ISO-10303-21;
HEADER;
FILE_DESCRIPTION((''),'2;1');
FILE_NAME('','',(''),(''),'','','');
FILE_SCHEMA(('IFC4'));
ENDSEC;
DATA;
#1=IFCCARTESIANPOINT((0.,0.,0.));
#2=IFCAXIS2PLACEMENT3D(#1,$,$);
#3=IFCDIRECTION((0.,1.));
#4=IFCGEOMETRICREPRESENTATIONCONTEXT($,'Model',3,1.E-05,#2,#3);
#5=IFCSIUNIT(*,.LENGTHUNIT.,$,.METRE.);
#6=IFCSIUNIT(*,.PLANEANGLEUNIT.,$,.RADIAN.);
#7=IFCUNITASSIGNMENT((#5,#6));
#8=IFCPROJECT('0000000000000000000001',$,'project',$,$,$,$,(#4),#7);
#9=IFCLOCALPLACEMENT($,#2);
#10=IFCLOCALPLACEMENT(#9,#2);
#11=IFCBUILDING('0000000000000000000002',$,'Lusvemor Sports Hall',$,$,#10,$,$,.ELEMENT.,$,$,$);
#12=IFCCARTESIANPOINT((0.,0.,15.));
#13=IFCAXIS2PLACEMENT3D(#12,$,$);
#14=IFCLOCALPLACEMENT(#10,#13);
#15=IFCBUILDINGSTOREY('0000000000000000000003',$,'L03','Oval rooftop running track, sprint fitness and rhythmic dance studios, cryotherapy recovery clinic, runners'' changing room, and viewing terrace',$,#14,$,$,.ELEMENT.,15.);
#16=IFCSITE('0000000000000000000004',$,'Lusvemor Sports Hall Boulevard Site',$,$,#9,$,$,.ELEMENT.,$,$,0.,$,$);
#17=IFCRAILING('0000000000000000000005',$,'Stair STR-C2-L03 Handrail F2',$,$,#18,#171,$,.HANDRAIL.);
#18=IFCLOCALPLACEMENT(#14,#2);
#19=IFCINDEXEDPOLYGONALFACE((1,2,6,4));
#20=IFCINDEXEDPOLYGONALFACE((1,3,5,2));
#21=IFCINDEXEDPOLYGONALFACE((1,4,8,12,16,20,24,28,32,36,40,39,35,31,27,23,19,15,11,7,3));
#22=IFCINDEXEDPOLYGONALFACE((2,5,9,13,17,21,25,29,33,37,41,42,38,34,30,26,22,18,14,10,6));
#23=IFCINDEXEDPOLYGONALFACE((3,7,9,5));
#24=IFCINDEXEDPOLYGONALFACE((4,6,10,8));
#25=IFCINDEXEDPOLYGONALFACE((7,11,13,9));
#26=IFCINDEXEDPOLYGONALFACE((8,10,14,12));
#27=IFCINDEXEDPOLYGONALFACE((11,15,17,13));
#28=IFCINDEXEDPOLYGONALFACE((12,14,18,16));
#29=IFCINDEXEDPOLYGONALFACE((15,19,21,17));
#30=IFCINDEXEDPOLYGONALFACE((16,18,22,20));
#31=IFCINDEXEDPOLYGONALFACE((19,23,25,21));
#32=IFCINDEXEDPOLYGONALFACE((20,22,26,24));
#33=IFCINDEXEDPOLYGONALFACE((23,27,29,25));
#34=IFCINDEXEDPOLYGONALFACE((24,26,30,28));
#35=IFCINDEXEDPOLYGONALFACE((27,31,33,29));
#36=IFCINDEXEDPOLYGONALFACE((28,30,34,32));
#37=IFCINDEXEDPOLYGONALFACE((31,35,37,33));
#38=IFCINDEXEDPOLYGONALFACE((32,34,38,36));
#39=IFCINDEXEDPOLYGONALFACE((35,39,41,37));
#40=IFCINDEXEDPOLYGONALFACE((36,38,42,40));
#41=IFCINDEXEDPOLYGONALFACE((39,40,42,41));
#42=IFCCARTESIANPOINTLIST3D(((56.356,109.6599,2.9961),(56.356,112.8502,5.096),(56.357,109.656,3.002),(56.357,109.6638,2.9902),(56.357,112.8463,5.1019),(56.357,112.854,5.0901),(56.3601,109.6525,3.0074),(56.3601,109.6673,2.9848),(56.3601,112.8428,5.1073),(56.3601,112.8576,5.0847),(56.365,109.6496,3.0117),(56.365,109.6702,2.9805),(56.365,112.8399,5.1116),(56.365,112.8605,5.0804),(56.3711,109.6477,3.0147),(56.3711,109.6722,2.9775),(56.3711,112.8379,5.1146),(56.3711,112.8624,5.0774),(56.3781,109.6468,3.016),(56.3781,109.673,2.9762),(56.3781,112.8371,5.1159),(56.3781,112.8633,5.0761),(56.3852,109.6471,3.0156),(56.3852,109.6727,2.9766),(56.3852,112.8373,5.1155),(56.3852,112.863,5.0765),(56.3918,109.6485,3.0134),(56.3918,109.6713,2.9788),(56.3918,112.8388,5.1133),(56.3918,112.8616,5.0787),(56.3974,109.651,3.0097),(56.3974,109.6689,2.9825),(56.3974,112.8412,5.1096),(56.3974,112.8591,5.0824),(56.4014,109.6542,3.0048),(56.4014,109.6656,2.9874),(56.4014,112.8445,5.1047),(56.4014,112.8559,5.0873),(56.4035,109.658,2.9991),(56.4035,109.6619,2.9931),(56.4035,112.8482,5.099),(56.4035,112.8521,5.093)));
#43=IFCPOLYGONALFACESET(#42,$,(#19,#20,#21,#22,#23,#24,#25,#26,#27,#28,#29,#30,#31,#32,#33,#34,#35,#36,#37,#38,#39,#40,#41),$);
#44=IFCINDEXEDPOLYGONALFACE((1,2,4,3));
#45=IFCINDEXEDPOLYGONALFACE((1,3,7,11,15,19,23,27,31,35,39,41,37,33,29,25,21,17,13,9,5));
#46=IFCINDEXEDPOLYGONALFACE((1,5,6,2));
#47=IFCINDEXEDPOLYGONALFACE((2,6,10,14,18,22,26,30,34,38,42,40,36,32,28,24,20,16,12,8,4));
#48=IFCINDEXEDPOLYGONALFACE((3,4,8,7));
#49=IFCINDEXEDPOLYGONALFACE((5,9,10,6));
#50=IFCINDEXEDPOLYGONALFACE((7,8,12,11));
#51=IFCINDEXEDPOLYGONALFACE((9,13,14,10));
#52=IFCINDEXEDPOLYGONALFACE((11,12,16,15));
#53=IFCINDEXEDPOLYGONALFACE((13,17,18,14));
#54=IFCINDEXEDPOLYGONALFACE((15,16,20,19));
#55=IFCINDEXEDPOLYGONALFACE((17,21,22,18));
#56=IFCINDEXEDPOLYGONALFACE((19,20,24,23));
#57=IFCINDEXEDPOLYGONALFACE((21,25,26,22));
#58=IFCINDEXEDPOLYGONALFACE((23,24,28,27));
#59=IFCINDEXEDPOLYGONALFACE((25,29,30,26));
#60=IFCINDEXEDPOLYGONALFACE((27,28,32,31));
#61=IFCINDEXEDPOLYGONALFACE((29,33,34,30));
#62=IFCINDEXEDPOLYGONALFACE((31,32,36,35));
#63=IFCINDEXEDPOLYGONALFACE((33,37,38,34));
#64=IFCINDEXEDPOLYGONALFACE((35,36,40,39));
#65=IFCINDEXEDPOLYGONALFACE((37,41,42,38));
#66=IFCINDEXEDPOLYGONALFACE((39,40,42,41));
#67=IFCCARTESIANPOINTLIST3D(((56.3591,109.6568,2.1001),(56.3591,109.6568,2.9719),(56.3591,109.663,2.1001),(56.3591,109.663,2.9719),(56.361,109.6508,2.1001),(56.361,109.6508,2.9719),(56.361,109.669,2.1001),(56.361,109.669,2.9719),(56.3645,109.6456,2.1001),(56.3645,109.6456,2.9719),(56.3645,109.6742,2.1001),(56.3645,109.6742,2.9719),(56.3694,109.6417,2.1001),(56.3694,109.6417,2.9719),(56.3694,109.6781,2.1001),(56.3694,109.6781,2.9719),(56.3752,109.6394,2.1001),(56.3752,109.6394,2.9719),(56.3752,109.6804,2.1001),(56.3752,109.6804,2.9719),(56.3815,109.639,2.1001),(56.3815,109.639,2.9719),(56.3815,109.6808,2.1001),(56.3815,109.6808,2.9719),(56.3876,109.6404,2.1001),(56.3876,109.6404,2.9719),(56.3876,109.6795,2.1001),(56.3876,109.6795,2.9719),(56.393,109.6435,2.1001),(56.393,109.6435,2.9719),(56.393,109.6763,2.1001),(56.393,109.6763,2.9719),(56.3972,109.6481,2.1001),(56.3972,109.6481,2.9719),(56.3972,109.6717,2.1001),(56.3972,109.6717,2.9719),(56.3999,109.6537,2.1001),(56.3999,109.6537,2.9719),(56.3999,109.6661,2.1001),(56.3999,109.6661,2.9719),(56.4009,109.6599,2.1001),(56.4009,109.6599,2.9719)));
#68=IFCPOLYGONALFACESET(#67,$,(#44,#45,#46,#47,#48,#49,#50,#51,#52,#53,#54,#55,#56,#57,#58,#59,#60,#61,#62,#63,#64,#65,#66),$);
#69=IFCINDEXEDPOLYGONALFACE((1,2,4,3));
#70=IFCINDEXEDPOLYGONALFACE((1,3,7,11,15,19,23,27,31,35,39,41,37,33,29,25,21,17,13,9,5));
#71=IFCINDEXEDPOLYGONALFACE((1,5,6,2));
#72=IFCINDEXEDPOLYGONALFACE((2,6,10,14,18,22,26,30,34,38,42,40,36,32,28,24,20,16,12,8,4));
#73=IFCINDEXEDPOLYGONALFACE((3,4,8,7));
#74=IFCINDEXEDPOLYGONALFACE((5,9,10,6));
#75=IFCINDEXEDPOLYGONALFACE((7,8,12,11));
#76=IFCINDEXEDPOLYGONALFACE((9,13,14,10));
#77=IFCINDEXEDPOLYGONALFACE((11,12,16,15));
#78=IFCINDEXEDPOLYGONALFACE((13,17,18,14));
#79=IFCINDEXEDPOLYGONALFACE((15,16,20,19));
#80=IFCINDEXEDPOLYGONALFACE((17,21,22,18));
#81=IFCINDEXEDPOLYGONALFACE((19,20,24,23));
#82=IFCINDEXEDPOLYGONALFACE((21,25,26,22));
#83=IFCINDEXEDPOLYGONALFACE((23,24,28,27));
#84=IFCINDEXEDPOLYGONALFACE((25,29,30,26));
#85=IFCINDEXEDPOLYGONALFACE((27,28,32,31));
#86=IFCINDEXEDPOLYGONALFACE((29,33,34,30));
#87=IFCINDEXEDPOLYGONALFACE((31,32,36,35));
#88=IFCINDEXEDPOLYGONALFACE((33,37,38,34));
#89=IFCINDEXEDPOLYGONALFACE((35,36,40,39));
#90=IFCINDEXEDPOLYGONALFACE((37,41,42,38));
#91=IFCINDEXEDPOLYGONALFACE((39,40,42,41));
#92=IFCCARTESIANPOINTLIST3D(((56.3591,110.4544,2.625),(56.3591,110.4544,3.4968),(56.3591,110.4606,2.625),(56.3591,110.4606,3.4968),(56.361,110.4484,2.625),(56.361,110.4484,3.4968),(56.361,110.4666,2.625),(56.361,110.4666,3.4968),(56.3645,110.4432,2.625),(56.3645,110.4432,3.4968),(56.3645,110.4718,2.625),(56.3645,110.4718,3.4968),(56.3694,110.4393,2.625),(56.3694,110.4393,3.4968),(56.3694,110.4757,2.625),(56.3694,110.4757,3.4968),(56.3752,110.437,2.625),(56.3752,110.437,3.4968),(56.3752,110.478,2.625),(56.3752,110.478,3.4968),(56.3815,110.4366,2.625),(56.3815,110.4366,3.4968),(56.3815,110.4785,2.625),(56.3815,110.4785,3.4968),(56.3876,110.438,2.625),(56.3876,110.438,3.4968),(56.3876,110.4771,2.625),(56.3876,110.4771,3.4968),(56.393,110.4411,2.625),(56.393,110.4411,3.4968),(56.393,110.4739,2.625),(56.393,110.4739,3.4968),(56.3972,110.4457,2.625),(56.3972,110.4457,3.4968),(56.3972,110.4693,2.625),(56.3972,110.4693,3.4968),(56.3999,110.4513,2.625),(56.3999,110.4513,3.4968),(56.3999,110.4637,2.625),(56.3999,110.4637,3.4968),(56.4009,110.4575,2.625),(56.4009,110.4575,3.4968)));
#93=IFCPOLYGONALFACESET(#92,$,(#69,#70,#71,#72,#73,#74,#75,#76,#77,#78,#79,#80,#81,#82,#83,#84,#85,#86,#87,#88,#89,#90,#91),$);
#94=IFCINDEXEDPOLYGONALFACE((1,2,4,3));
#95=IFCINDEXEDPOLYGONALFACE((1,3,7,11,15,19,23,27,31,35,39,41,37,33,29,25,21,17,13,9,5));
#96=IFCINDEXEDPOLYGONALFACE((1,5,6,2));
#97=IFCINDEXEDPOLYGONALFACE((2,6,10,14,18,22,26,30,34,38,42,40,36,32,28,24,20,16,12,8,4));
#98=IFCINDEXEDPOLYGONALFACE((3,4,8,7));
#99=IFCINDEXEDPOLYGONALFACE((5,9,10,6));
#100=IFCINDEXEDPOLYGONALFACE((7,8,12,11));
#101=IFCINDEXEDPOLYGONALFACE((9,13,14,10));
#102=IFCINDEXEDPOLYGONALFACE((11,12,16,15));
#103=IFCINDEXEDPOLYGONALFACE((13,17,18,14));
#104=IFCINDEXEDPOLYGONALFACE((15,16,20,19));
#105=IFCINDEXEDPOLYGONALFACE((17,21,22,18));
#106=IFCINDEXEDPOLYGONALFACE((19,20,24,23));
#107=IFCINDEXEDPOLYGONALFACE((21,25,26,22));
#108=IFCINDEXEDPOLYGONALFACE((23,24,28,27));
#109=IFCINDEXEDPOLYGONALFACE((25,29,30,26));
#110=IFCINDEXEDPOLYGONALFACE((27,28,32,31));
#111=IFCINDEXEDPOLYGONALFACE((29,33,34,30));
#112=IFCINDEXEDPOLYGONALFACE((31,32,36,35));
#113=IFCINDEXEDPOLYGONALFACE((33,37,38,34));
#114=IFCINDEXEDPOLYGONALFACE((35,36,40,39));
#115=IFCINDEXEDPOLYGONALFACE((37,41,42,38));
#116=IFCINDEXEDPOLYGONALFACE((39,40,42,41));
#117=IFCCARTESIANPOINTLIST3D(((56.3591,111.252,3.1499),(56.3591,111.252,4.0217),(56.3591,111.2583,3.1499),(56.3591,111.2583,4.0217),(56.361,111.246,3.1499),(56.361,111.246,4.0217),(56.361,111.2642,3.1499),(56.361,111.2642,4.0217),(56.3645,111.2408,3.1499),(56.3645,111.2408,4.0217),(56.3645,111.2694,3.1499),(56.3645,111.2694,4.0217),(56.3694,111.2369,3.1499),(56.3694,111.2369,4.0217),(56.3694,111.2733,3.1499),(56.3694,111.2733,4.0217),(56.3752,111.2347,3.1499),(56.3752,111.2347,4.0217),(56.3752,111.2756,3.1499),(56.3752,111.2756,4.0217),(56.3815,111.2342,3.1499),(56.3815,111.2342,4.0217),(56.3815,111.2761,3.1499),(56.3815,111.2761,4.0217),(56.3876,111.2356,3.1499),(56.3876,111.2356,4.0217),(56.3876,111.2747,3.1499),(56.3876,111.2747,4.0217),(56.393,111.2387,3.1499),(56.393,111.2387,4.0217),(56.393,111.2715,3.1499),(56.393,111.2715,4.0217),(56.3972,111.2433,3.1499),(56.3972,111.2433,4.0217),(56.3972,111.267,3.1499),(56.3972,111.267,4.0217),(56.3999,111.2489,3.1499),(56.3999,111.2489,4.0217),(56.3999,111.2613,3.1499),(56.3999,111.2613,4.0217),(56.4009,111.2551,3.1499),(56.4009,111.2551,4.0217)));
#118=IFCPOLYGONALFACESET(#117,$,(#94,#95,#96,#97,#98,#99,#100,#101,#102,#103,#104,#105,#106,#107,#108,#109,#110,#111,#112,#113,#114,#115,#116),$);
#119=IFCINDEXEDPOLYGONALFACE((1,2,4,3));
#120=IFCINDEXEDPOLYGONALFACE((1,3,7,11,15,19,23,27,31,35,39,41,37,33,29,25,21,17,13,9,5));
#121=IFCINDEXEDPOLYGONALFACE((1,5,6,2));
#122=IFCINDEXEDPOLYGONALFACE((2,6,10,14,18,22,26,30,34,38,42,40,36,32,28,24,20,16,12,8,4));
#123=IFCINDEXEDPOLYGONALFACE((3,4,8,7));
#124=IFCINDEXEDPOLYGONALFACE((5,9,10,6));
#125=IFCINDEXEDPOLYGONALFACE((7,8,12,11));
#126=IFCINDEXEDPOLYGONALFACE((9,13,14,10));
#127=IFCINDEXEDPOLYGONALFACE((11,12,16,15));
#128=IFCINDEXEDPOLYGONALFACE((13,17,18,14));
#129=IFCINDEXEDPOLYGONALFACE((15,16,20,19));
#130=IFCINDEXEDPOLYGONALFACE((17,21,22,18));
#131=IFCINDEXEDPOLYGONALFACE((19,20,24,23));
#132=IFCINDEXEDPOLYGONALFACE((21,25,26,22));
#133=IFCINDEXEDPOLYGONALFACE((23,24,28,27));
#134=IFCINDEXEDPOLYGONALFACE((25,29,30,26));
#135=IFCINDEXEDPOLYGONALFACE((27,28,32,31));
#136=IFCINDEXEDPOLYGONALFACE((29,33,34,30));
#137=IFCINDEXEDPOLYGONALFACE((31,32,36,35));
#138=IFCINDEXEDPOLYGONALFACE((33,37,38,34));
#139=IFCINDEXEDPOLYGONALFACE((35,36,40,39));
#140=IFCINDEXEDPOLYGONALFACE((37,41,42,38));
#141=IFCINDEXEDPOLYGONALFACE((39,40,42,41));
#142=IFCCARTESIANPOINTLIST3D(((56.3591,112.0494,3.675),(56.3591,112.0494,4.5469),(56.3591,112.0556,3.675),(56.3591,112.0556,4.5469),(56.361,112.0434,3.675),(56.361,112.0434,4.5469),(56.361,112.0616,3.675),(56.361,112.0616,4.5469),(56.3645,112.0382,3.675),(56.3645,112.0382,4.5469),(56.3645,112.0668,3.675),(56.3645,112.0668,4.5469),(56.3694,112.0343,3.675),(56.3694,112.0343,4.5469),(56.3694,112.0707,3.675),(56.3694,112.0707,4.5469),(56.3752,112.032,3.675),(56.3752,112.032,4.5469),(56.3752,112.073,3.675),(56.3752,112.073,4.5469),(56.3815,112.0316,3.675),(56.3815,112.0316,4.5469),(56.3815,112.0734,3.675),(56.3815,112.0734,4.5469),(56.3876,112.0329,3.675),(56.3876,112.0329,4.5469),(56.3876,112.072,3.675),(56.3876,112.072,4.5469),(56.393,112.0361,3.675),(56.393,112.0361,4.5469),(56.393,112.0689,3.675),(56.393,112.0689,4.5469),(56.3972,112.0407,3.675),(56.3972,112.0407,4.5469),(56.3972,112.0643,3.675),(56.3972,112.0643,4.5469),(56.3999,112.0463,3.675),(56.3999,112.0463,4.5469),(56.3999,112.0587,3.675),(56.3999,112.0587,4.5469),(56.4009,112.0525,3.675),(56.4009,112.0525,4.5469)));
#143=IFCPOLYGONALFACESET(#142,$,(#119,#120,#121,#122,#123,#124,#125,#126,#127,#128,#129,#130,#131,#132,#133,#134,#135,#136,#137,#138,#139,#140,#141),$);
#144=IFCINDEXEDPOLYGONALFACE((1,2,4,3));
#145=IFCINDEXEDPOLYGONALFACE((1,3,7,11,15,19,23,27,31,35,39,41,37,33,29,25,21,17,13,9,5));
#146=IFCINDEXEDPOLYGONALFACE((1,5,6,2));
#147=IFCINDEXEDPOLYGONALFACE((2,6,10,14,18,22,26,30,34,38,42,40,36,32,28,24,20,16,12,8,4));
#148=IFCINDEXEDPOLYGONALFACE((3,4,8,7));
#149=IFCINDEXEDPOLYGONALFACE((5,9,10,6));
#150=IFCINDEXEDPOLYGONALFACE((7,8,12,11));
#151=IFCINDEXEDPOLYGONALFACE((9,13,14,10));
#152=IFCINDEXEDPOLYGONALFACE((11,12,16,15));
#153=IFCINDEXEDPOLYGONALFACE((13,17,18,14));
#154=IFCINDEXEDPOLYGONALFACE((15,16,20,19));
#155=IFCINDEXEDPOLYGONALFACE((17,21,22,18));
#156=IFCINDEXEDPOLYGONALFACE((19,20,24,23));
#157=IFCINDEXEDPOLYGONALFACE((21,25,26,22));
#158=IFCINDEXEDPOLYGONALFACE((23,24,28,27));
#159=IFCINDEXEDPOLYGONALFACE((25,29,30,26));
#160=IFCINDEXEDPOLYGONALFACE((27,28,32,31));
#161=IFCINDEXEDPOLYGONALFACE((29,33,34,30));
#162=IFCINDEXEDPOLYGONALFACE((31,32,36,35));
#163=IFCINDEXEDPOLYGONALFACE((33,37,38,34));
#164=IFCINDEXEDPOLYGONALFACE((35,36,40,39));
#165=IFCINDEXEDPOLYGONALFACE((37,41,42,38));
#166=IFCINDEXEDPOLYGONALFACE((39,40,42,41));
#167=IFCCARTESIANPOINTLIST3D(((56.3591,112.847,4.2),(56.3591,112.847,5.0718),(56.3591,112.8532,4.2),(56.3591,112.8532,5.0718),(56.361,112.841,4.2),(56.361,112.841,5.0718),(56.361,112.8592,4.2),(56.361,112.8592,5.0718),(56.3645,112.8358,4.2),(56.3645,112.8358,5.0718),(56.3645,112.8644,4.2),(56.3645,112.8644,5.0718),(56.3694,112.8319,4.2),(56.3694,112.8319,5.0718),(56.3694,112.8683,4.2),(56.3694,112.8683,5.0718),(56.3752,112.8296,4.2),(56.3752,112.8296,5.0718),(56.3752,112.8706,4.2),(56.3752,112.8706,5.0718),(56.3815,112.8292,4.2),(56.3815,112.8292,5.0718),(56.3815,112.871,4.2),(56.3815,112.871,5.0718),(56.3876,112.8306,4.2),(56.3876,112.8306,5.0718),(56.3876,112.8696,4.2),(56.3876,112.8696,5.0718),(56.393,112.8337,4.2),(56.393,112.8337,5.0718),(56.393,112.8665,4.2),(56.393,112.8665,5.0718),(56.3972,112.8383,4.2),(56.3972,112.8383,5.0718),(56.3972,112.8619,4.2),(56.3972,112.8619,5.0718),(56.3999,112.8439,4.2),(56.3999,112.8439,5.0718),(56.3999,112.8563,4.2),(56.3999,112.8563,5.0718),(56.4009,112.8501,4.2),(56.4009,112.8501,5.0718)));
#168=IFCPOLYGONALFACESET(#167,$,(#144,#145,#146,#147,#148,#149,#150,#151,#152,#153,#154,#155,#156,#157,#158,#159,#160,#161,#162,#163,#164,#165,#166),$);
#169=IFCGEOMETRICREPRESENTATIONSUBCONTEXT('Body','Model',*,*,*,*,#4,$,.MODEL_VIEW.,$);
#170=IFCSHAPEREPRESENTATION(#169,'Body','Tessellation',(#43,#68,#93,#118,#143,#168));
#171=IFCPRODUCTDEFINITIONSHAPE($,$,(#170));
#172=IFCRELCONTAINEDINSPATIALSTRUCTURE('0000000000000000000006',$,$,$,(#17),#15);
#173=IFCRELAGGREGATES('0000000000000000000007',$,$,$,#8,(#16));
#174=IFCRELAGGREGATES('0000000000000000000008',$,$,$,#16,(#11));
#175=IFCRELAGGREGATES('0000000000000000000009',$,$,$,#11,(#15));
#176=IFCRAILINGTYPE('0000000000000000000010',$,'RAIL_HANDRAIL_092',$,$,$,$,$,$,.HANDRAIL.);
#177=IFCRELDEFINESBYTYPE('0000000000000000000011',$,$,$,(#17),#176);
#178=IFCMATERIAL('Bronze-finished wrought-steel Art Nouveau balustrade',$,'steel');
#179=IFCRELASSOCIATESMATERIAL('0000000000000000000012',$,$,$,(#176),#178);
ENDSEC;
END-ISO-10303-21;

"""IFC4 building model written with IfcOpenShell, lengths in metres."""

from ifc_helpers import new_model, si_unit, direction, frame, origin, origin_2d, place, context, subcontext, project, spatial, circle, extrude, material, type_object, element, save


model = new_model("IFC4")

# Units and contexts
model_context = context("Model", 3, precision=1e-05, world=origin(), true_north=direction((0.0, 1.0)))
body_context = subcontext(model_context, "Body", "Model", "MODEL_VIEW")
ifc_project = project(units=[si_unit("LENGTHUNIT", "METRE"), si_unit("PLANEANGLEUNIT", "RADIAN")], contexts=[model_context])

# Site, building, storey
site_placement = place(None, origin())
site = spatial("IfcSite", under=ifc_project, at=site_placement, Name="Lusvemor Sports Hall Boulevard Site", CompositionType="ELEMENT", RefElevation=0.0)
building_placement = place(site_placement, origin())
building = spatial("IfcBuilding", under=site, at=building_placement, Name="Lusvemor Sports Hall", CompositionType="ELEMENT")
storey_placement = place(building_placement, frame((0.0, 0.0, 15.0)))
storey = spatial("IfcBuildingStorey", under=building, at=storey_placement, Name="L03", Description="Oval rooftop running track, sprint fitness and rhythmic dance studios, cryotherapy recovery clinic, runners' changing room, and viewing terrace", CompositionType="ELEMENT", Elevation=15.0)

# Railing
ifc_material_1 = material(Name="Bronze-finished wrought-steel Art Nouveau balustrade", Category="steel")
railing_type_1 = type_object("IfcRailingType", Name="RAIL_HANDRAIL_092", PredefinedType="HANDRAIL", material=ifc_material_1)
railing_1_placement = place(storey_placement, frame((56.3799, 109.6599, 2.1001)))
element("IfcRailing", 1, at=railing_1_placement, inside=storey, type_object=railing_type_1, Name="Stair STR-C2-L03 Handrail F2", PredefinedType="HANDRAIL", context=body_context, shape_type="SweptSolid", body=[
    extrude(circle(Radius=0.0239, at=origin_2d()), frame((0.0, 0.0, 0.896), z_axis=(0.0, 0.835291, 0.549808), x_axis=(-1.0, 0.0, 0.0)), (0.0, 0.0, 1.0), 3.8193),
    extrude(circle(Radius=0.021, at=origin_2d()), origin(), (0.0, 0.0, 1.0), 0.8718),
    extrude(circle(Radius=0.021, at=origin_2d()), frame((0.0, 0.7976, 0.5249)), (0.0, 0.0, 1.0), 0.8718),
    extrude(circle(Radius=0.021, at=origin_2d()), frame((0.0, 1.5952, 1.0498)), (0.0, 0.0, 1.0), 0.8718),
    extrude(circle(Radius=0.021, at=origin_2d()), frame((0.0, 2.3926, 1.575)), (0.0, 0.0, 1.0), 0.8718),
    extrude(circle(Radius=0.021, at=origin_2d()), frame((0.0, 3.1902, 2.0999)), (0.0, 0.0, 1.0), 0.8718),
])

save(model, "model.ifc")
